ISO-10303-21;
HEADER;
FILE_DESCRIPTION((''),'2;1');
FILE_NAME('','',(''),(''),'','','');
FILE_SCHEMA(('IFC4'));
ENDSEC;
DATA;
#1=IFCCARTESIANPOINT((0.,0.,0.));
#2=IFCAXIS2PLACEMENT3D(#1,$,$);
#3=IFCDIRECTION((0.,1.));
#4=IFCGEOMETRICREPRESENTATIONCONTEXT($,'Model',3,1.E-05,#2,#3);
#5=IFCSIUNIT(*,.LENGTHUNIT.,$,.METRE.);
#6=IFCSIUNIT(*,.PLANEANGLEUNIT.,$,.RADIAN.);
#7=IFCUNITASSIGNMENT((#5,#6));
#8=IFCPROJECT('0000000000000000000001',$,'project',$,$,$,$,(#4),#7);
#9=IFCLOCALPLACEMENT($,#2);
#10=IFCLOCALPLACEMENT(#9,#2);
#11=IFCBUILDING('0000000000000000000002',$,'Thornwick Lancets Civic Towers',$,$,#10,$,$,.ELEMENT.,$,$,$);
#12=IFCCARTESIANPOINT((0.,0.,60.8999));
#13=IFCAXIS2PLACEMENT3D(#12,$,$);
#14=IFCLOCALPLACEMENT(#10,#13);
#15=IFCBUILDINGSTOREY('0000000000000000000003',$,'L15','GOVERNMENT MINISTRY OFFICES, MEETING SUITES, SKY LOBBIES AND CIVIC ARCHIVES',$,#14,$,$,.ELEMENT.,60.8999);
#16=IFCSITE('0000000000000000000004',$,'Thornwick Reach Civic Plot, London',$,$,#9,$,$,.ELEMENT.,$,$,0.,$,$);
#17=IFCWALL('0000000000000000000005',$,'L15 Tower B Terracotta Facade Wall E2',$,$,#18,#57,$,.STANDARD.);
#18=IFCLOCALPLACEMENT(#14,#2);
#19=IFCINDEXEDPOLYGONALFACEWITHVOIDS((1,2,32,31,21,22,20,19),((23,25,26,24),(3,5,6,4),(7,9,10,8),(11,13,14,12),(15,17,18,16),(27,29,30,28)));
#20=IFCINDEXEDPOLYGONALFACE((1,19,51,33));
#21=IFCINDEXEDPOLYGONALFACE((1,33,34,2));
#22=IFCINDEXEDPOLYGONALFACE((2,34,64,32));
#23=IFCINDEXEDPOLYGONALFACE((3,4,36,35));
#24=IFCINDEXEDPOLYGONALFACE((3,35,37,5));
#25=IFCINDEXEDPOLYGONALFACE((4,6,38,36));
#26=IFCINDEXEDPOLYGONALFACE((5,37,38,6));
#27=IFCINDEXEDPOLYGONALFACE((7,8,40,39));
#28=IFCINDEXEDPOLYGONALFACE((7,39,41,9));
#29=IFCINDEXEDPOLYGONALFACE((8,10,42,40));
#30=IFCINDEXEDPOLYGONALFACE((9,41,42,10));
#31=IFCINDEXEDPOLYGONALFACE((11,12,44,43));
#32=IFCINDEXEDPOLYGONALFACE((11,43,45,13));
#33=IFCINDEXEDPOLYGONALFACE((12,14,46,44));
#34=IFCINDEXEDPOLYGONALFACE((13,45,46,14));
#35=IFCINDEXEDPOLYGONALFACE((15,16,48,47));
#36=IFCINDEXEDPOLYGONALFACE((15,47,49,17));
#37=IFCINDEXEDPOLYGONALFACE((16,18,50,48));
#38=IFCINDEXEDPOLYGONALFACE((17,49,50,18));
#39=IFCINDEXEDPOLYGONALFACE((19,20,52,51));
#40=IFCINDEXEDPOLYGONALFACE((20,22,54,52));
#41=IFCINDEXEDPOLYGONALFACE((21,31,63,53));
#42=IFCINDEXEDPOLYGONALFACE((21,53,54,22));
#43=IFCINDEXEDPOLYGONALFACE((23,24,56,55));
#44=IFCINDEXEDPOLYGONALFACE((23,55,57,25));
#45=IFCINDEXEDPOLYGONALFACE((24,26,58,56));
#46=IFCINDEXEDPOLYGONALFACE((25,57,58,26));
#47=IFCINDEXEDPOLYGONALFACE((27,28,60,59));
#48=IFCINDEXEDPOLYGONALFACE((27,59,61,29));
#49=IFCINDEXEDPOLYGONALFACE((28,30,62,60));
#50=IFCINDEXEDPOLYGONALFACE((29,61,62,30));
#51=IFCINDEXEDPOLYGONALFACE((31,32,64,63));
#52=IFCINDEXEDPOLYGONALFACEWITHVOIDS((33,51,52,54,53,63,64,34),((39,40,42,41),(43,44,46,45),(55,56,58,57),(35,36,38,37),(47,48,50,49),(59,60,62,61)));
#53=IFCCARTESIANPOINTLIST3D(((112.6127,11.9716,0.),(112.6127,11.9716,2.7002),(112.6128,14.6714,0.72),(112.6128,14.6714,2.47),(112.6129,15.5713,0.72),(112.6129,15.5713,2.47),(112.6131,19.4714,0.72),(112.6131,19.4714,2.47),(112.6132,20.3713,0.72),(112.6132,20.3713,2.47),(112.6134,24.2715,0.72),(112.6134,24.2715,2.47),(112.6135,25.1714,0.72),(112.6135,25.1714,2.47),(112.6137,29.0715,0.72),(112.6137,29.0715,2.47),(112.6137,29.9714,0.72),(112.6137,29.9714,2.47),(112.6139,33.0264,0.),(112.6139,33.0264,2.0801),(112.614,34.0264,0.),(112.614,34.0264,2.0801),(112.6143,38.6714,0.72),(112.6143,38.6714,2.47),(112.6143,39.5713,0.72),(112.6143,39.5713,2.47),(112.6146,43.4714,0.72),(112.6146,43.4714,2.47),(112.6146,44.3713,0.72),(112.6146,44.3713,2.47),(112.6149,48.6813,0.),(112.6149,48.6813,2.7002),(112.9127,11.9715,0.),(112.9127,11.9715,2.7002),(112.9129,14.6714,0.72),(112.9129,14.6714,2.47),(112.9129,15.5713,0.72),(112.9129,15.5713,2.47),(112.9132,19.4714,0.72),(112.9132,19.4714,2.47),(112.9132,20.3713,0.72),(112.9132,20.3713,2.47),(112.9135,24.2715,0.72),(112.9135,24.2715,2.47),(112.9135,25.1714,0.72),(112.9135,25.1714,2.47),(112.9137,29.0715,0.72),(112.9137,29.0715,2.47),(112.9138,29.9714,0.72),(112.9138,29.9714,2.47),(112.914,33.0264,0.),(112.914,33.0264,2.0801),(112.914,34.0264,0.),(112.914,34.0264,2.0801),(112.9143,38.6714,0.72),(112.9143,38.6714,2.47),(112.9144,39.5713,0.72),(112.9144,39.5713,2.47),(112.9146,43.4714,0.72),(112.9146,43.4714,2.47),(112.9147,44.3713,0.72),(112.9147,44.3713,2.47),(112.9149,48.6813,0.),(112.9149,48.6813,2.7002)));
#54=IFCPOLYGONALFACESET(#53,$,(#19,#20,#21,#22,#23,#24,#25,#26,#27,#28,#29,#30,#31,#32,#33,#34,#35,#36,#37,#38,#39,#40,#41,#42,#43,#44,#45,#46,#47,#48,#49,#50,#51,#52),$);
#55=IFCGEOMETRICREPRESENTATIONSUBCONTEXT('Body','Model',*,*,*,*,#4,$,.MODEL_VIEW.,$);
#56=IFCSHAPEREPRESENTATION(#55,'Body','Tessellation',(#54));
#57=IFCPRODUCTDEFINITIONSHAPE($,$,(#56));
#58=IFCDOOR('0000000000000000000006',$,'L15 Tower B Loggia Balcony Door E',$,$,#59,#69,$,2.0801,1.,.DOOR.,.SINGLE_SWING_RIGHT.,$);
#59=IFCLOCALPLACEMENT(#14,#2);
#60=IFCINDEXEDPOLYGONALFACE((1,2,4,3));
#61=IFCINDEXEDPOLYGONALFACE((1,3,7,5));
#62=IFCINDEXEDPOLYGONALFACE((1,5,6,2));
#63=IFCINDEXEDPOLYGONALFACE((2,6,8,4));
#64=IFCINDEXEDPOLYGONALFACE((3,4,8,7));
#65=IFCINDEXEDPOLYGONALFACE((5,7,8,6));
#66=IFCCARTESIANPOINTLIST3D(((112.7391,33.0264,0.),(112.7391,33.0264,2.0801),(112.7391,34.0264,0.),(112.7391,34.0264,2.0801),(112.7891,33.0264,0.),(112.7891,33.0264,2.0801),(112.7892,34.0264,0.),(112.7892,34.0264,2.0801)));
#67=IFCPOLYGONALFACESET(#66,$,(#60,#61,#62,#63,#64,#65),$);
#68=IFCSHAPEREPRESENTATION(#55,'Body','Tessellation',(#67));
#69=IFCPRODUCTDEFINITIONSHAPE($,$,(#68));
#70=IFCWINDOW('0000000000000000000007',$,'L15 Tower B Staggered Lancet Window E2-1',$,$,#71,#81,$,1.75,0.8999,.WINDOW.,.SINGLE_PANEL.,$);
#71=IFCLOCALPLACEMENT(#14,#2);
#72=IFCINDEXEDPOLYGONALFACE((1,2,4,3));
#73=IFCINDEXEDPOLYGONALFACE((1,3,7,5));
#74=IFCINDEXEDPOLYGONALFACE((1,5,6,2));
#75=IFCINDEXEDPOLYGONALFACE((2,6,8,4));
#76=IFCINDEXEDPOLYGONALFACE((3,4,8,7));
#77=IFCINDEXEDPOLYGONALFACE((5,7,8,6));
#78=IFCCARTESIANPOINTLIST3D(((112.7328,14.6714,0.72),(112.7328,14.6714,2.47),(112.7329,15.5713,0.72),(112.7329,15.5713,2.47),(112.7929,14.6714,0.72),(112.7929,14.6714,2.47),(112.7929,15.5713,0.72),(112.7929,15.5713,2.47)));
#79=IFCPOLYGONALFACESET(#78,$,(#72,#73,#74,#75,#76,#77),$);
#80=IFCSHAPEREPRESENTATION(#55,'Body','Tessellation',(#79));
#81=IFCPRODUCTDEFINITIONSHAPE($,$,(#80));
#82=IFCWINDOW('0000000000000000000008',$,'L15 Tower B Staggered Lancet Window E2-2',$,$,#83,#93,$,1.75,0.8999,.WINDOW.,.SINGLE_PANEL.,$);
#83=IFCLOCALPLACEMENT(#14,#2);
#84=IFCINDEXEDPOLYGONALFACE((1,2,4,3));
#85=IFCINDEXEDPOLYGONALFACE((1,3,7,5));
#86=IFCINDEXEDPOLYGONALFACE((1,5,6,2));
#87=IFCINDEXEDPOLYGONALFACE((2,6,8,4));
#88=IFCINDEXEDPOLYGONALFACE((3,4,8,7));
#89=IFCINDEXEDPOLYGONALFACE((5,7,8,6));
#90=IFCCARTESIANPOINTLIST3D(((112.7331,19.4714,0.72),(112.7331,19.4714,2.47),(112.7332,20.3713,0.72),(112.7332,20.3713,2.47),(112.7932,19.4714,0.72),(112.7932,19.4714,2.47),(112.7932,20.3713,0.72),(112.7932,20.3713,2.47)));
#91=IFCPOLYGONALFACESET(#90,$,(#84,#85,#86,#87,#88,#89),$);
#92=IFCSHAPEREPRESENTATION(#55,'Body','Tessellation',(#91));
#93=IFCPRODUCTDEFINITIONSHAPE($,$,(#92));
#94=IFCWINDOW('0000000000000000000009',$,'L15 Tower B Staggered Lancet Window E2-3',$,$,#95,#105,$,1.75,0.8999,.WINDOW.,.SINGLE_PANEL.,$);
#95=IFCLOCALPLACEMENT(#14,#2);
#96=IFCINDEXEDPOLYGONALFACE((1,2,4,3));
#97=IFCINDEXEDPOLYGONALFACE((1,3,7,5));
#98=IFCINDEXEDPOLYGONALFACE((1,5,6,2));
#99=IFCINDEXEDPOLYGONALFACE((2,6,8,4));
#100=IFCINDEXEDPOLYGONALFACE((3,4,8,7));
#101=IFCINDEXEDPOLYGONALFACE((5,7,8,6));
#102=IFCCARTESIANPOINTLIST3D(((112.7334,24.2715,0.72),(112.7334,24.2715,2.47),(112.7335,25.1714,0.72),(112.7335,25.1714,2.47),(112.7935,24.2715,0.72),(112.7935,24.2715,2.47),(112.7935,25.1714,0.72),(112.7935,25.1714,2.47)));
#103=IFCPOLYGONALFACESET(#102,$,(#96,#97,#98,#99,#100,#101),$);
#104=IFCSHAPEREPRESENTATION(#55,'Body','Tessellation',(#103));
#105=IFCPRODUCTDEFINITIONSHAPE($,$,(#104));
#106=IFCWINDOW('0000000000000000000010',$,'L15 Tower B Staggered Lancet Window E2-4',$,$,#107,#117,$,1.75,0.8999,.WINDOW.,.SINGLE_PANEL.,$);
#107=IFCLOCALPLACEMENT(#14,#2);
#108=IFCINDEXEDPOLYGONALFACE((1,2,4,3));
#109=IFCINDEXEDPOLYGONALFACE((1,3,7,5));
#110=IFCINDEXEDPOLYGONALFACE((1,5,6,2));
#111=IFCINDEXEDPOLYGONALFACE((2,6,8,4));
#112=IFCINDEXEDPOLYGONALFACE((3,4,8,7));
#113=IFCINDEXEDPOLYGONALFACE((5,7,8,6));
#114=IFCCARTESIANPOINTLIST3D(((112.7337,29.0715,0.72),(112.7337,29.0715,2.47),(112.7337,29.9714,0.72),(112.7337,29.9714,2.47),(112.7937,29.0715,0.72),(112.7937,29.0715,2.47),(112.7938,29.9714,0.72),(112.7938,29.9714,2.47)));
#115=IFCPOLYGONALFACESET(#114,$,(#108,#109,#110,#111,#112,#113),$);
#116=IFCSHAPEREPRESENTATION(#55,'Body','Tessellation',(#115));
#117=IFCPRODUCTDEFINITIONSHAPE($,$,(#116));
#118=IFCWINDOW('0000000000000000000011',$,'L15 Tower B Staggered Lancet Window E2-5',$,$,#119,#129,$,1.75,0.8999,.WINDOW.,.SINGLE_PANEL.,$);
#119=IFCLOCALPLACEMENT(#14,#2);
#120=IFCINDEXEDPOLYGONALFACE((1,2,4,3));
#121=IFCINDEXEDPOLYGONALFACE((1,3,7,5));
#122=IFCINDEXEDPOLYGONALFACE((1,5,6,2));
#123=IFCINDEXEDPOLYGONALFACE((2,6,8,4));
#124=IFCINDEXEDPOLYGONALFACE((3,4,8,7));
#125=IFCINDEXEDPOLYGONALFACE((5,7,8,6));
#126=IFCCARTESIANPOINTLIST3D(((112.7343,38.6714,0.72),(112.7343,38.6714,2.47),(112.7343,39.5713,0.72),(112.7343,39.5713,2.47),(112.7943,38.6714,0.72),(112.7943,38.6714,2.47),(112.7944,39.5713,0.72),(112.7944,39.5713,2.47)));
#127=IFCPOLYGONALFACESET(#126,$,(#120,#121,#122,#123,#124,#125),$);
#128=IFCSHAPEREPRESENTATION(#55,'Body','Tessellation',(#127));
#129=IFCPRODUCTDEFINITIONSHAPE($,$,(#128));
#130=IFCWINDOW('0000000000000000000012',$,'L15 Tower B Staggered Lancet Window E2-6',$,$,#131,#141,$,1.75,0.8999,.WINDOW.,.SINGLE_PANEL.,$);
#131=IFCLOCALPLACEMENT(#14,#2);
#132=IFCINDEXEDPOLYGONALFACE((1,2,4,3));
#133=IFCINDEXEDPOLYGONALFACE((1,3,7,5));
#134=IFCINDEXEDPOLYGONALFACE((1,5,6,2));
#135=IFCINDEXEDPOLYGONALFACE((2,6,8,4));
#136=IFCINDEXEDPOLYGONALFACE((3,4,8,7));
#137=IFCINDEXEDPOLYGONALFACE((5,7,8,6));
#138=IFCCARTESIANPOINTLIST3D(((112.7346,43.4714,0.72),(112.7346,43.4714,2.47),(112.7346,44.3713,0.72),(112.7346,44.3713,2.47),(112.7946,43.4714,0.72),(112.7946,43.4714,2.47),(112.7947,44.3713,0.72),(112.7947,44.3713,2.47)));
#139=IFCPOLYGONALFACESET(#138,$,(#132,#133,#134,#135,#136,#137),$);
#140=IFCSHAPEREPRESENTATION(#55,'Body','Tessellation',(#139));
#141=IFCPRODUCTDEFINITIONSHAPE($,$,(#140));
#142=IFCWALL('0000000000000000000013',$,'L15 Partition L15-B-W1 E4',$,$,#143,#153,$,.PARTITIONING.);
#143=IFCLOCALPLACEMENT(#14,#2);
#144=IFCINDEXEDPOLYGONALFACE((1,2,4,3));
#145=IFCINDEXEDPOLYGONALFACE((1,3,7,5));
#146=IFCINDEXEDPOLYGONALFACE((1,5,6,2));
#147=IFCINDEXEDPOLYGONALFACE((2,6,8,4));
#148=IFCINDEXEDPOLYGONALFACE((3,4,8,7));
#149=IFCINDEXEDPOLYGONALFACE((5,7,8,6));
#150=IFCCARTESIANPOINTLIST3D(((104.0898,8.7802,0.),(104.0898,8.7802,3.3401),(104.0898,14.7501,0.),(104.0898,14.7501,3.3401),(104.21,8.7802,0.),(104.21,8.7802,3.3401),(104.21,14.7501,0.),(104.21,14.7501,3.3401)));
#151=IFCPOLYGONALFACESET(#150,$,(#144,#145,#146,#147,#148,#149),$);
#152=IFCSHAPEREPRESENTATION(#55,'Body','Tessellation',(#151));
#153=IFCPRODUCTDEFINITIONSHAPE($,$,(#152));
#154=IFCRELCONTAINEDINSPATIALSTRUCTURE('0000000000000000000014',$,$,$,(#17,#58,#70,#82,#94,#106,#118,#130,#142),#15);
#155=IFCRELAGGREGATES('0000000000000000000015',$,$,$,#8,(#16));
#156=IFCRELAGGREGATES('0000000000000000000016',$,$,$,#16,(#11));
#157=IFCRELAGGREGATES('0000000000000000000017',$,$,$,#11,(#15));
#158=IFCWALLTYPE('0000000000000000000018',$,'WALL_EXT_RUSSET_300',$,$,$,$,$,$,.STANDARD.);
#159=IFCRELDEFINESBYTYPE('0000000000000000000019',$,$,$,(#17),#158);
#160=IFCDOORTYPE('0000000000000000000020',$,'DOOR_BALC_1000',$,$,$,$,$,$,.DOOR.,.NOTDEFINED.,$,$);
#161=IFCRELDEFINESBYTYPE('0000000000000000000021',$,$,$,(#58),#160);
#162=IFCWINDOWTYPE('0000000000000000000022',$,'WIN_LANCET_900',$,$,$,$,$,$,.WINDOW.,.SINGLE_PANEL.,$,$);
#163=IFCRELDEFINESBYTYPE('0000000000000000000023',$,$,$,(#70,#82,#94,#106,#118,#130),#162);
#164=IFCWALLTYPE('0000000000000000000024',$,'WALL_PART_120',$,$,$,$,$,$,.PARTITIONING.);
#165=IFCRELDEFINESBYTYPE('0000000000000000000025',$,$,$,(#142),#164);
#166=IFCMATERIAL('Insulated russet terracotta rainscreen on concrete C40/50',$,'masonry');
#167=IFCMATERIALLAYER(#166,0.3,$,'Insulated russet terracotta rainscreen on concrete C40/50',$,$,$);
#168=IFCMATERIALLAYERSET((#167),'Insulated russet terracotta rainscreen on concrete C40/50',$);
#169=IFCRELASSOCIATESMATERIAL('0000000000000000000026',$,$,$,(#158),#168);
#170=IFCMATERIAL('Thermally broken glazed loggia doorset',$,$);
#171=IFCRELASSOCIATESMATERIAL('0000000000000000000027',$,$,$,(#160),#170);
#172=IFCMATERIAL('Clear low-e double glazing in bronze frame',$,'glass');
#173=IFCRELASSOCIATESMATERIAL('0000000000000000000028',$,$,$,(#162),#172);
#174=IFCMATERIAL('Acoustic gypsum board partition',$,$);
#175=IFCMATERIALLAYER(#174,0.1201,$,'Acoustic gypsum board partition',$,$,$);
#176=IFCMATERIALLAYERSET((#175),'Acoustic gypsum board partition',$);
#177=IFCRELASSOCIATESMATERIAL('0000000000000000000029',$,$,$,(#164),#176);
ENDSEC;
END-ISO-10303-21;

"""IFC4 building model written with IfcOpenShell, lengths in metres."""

from ifc_helpers import new_model, si_unit, direction, frame, frame_2d, origin, place, context, subcontext, project, spatial, rectangle, extrude, material, layer, layer_set, type_object, element, fill, save


model = new_model("IFC4")

# Units and contexts
model_context = context("Model", 3, precision=1e-05, world=origin(), true_north=direction((0.0, 1.0)))
body_context = subcontext(model_context, "Body", "Model", "MODEL_VIEW")
ifc_project = project(units=[si_unit("LENGTHUNIT", "METRE"), si_unit("PLANEANGLEUNIT", "RADIAN")], contexts=[model_context])

# Site, building, storey
site_placement = place(None, origin())
site = spatial("IfcSite", under=ifc_project, at=site_placement, Name="Thornwick Reach Civic Plot, London", CompositionType="ELEMENT", RefElevation=0.0)
building_placement = place(site_placement, origin())
building = spatial("IfcBuilding", under=site, at=building_placement, Name="Thornwick Lancets Civic Towers", CompositionType="ELEMENT")
storey_placement = place(building_placement, frame((0.0, 0.0, 60.8999)))
storey = spatial("IfcBuildingStorey", under=building, at=storey_placement, Name="L15", Description="GOVERNMENT MINISTRY OFFICES, MEETING SUITES, SKY LOBBIES AND CIVIC ARCHIVES", CompositionType="ELEMENT", Elevation=60.8999)

# Wall, openings, door, windows
ifc_material_1 = material(Name="Insulated russet terracotta rainscreen on concrete C40/50", Category="masonry")
ifc_layer_1 = layer(ifc_material_1, 0.3, Name="Insulated russet terracotta rainscreen on concrete C40/50")
ifc_layer_set_1 = layer_set([ifc_layer_1], Name="Insulated russet terracotta rainscreen on concrete C40/50")
wall_type_1 = type_object("IfcWallType", Name="WALL_EXT_RUSSET_300", PredefinedType="STANDARD", material=ifc_layer_set_1)
wall_1_placement = place(storey_placement, frame((112.7627, 11.9714, 0.0), z_axis=(0.0, 0.0, 1.0), x_axis=(0.00006, 1.0, 0.0)))
wall_1 = element("IfcWall", 1, at=wall_1_placement, inside=storey, type_object=wall_type_1, Name="L15 Tower B Terracotta Facade Wall E2", PredefinedType="STANDARD", context=body_context, shape_type="SweptSolid", body=[
    extrude(rectangle(XDim=36.7097, YDim=0.3, at=frame_2d((18.355, 0.0))), origin(), (0.0, 0.0, 1.0), 2.7002),
])
opening_1_placement = place(wall_1_placement, frame((21.0549, 0.0, 0.0)))
opening_1 = element("IfcOpeningElement", 2, at=opening_1_placement, cuts=wall_1, PredefinedType="OPENING", context=body_context, shape_type="SweptSolid", body=[
    extrude(rectangle(XDim=1.0, YDim=2.0801, at=frame_2d((0.5, 1.04))), frame((0.0, 0.1602, 0.0), z_axis=(0.0, -1.0, 0.0), x_axis=(1.0, 0.0, 0.0)), (0.0, 0.0, 1.0), 0.3201),
])
opening_2_placement = place(wall_1_placement, frame((2.7, 0.0, 0.72)))
opening_2 = element("IfcOpeningElement", 3, at=opening_2_placement, cuts=wall_1, PredefinedType="OPENING", context=body_context, shape_type="SweptSolid", body=[
    extrude(rectangle(XDim=0.8999, YDim=1.75, at=frame_2d((0.45, 0.875))), frame((0.0, 0.1602, 0.0), z_axis=(0.0, -1.0, 0.0), x_axis=(1.0, 0.0, 0.0)), (0.0, 0.0, 1.0), 0.3201),
])
opening_3_placement = place(wall_1_placement, frame((7.5, 0.0, 0.72)))
opening_3 = element("IfcOpeningElement", 4, at=opening_3_placement, cuts=wall_1, PredefinedType="OPENING", context=body_context, shape_type="SweptSolid", body=[
    extrude(rectangle(XDim=0.8999, YDim=1.75, at=frame_2d((0.45, 0.875))), frame((0.0, 0.1602, 0.0), z_axis=(0.0, -1.0, 0.0), x_axis=(1.0, 0.0, 0.0)), (0.0, 0.0, 1.0), 0.3201),
])
opening_4_placement = place(wall_1_placement, frame((12.3, 0.0, 0.72)))
opening_4 = element("IfcOpeningElement", 5, at=opening_4_placement, cuts=wall_1, PredefinedType="OPENING", context=body_context, shape_type="SweptSolid", body=[
    extrude(rectangle(XDim=0.8999, YDim=1.75, at=frame_2d((0.45, 0.875))), frame((0.0, 0.1602, 0.0), z_axis=(0.0, -1.0, 0.0), x_axis=(1.0, 0.0, 0.0)), (0.0, 0.0, 1.0), 0.3201),
])
opening_5_placement = place(wall_1_placement, frame((17.1001, 0.0, 0.72)))
opening_5 = element("IfcOpeningElement", 6, at=opening_5_placement, cuts=wall_1, PredefinedType="OPENING", context=body_context, shape_type="SweptSolid", body=[
    extrude(rectangle(XDim=0.8999, YDim=1.75, at=frame_2d((0.45, 0.875))), frame((0.0, 0.1602, 0.0), z_axis=(0.0, -1.0, 0.0), x_axis=(1.0, 0.0, 0.0)), (0.0, 0.0, 1.0), 0.3201),
])
opening_6_placement = place(wall_1_placement, frame((26.7, 0.0, 0.72)))
opening_6 = element("IfcOpeningElement", 7, at=opening_6_placement, cuts=wall_1, PredefinedType="OPENING", context=body_context, shape_type="SweptSolid", body=[
    extrude(rectangle(XDim=0.8999, YDim=1.75, at=frame_2d((0.45, 0.875))), frame((0.0, 0.1602, 0.0), z_axis=(0.0, -1.0, 0.0), x_axis=(1.0, 0.0, 0.0)), (0.0, 0.0, 1.0), 0.3201),
])
opening_7_placement = place(wall_1_placement, frame((31.5, 0.0, 0.72)))
opening_7 = element("IfcOpeningElement", 8, at=opening_7_placement, cuts=wall_1, PredefinedType="OPENING", context=body_context, shape_type="SweptSolid", body=[
    extrude(rectangle(XDim=0.8999, YDim=1.75, at=frame_2d((0.45, 0.875))), frame((0.0, 0.1602, 0.0), z_axis=(0.0, -1.0, 0.0), x_axis=(1.0, 0.0, 0.0)), (0.0, 0.0, 1.0), 0.3201),
])
ifc_material_2 = material(Name="Thermally broken glazed loggia doorset")
door_type = type_object("IfcDoorType", Name="DOOR_BALC_1000", OperationType="NOTDEFINED", PredefinedType="DOOR", material=ifc_material_2)
door_placement = place(opening_1_placement, origin())
door = element("IfcDoor", 9, at=door_placement, inside=storey, type_object=door_type, Name="L15 Tower B Loggia Balcony Door E", OperationType="SINGLE_SWING_RIGHT", OverallHeight=2.0801, OverallWidth=1.0, PredefinedType="DOOR", context=body_context, shape_type="SweptSolid", body=[
    extrude(rectangle(XDim=1.0, YDim=2.0801, at=frame_2d((0.5, 1.04))), frame((0.0, 0.0249, 0.0), z_axis=(0.0, -1.0, 0.0), x_axis=(1.0, 0.0, 0.0)), (0.0, 0.0, 1.0), 0.05),
])
fill(opening_1, door)
ifc_material_3 = material(Name="Clear low-e double glazing in bronze frame", Category="glass")
window_type = type_object("IfcWindowType", Name="WIN_LANCET_900", PartitioningType="SINGLE_PANEL", PredefinedType="WINDOW", material=ifc_material_3)
window_1_placement = place(opening_2_placement, origin())
window_1 = element("IfcWindow", 10, at=window_1_placement, inside=storey, type_object=window_type, Name="L15 Tower B Staggered Lancet Window E2-1", OverallHeight=1.75, OverallWidth=0.8999, PartitioningType="SINGLE_PANEL", PredefinedType="WINDOW", context=body_context, shape_type="SweptSolid", body=[
    extrude(rectangle(XDim=0.8999, YDim=1.75, at=frame_2d((0.45, 0.875))), frame((0.0, 0.03, 0.0), z_axis=(0.0, -1.0, 0.0), x_axis=(1.0, 0.0, 0.0)), (0.0, 0.0, 1.0), 0.0601),
])
fill(opening_2, window_1)
window_2_placement = place(opening_3_placement, origin())
window_2 = element("IfcWindow", 11, at=window_2_placement, inside=storey, type_object=window_type, Name="L15 Tower B Staggered Lancet Window E2-2", OverallHeight=1.75, OverallWidth=0.8999, PartitioningType="SINGLE_PANEL", PredefinedType="WINDOW", context=body_context, shape_type="SweptSolid", body=[
    extrude(rectangle(XDim=0.8999, YDim=1.75, at=frame_2d((0.45, 0.875))), frame((0.0, 0.03, 0.0), z_axis=(0.0, -1.0, 0.0), x_axis=(1.0, 0.0, 0.0)), (0.0, 0.0, 1.0), 0.0601),
])
fill(opening_3, window_2)
window_3_placement = place(opening_4_placement, origin())
window_3 = element("IfcWindow", 12, at=window_3_placement, inside=storey, type_object=window_type, Name="L15 Tower B Staggered Lancet Window E2-3", OverallHeight=1.75, OverallWidth=0.8999, PartitioningType="SINGLE_PANEL", PredefinedType="WINDOW", context=body_context, shape_type="SweptSolid", body=[
    extrude(rectangle(XDim=0.8999, YDim=1.75, at=frame_2d((0.45, 0.875))), frame((0.0, 0.03, 0.0), z_axis=(0.0, -1.0, 0.0), x_axis=(1.0, 0.0, 0.0)), (0.0, 0.0, 1.0), 0.0601),
])
fill(opening_4, window_3)
window_4_placement = place(opening_5_placement, origin())
window_4 = element("IfcWindow", 13, at=window_4_placement, inside=storey, type_object=window_type, Name="L15 Tower B Staggered Lancet Window E2-4", OverallHeight=1.75, OverallWidth=0.8999, PartitioningType="SINGLE_PANEL", PredefinedType="WINDOW", context=body_context, shape_type="SweptSolid", body=[
    extrude(rectangle(XDim=0.8999, YDim=1.75, at=frame_2d((0.45, 0.875))), frame((0.0, 0.03, 0.0), z_axis=(0.0, -1.0, 0.0), x_axis=(1.0, 0.0, 0.0)), (0.0, 0.0, 1.0), 0.0601),
])
fill(opening_5, window_4)
window_5_placement = place(opening_6_placement, origin())
window_5 = element("IfcWindow", 14, at=window_5_placement, inside=storey, type_object=window_type, Name="L15 Tower B Staggered Lancet Window E2-5", OverallHeight=1.75, OverallWidth=0.8999, PartitioningType="SINGLE_PANEL", PredefinedType="WINDOW", context=body_context, shape_type="SweptSolid", body=[
    extrude(rectangle(XDim=0.8999, YDim=1.75, at=frame_2d((0.45, 0.875))), frame((0.0, 0.03, 0.0), z_axis=(0.0, -1.0, 0.0), x_axis=(1.0, 0.0, 0.0)), (0.0, 0.0, 1.0), 0.0601),
])
fill(opening_6, window_5)
window_6_placement = place(opening_7_placement, origin())
window_6 = element("IfcWindow", 15, at=window_6_placement, inside=storey, type_object=window_type, Name="L15 Tower B Staggered Lancet Window E2-6", OverallHeight=1.75, OverallWidth=0.8999, PartitioningType="SINGLE_PANEL", PredefinedType="WINDOW", context=body_context, shape_type="SweptSolid", body=[
    extrude(rectangle(XDim=0.8999, YDim=1.75, at=frame_2d((0.45, 0.875))), frame((0.0, 0.03, 0.0), z_axis=(0.0, -1.0, 0.0), x_axis=(1.0, 0.0, 0.0)), (0.0, 0.0, 1.0), 0.0601),
])
fill(opening_7, window_6)

# Wall
ifc_material_4 = material(Name="Acoustic gypsum board partition")
ifc_layer_2 = layer(ifc_material_4, 0.1201, Name="Acoustic gypsum board partition")
ifc_layer_set_2 = layer_set([ifc_layer_2], Name="Acoustic gypsum board partition")
wall_type_2 = type_object("IfcWallType", Name="WALL_PART_120", PredefinedType="PARTITIONING", material=ifc_layer_set_2)
wall_2_placement = place(storey_placement, frame((104.1499, 14.75, 0.0), z_axis=(0.0, 0.0, 1.0), x_axis=(0.0, -1.0, 0.0)))
element("IfcWall", 16, at=wall_2_placement, inside=storey, type_object=wall_type_2, Name="L15 Partition L15-B-W1 E4", PredefinedType="PARTITIONING", context=body_context, shape_type="SweptSolid", body=[
    extrude(rectangle(XDim=5.97, YDim=0.1201, at=frame_2d((2.9849, 0.0))), origin(), (0.0, 0.0, 1.0), 3.3401),
])

save(model, "model.ifc")
